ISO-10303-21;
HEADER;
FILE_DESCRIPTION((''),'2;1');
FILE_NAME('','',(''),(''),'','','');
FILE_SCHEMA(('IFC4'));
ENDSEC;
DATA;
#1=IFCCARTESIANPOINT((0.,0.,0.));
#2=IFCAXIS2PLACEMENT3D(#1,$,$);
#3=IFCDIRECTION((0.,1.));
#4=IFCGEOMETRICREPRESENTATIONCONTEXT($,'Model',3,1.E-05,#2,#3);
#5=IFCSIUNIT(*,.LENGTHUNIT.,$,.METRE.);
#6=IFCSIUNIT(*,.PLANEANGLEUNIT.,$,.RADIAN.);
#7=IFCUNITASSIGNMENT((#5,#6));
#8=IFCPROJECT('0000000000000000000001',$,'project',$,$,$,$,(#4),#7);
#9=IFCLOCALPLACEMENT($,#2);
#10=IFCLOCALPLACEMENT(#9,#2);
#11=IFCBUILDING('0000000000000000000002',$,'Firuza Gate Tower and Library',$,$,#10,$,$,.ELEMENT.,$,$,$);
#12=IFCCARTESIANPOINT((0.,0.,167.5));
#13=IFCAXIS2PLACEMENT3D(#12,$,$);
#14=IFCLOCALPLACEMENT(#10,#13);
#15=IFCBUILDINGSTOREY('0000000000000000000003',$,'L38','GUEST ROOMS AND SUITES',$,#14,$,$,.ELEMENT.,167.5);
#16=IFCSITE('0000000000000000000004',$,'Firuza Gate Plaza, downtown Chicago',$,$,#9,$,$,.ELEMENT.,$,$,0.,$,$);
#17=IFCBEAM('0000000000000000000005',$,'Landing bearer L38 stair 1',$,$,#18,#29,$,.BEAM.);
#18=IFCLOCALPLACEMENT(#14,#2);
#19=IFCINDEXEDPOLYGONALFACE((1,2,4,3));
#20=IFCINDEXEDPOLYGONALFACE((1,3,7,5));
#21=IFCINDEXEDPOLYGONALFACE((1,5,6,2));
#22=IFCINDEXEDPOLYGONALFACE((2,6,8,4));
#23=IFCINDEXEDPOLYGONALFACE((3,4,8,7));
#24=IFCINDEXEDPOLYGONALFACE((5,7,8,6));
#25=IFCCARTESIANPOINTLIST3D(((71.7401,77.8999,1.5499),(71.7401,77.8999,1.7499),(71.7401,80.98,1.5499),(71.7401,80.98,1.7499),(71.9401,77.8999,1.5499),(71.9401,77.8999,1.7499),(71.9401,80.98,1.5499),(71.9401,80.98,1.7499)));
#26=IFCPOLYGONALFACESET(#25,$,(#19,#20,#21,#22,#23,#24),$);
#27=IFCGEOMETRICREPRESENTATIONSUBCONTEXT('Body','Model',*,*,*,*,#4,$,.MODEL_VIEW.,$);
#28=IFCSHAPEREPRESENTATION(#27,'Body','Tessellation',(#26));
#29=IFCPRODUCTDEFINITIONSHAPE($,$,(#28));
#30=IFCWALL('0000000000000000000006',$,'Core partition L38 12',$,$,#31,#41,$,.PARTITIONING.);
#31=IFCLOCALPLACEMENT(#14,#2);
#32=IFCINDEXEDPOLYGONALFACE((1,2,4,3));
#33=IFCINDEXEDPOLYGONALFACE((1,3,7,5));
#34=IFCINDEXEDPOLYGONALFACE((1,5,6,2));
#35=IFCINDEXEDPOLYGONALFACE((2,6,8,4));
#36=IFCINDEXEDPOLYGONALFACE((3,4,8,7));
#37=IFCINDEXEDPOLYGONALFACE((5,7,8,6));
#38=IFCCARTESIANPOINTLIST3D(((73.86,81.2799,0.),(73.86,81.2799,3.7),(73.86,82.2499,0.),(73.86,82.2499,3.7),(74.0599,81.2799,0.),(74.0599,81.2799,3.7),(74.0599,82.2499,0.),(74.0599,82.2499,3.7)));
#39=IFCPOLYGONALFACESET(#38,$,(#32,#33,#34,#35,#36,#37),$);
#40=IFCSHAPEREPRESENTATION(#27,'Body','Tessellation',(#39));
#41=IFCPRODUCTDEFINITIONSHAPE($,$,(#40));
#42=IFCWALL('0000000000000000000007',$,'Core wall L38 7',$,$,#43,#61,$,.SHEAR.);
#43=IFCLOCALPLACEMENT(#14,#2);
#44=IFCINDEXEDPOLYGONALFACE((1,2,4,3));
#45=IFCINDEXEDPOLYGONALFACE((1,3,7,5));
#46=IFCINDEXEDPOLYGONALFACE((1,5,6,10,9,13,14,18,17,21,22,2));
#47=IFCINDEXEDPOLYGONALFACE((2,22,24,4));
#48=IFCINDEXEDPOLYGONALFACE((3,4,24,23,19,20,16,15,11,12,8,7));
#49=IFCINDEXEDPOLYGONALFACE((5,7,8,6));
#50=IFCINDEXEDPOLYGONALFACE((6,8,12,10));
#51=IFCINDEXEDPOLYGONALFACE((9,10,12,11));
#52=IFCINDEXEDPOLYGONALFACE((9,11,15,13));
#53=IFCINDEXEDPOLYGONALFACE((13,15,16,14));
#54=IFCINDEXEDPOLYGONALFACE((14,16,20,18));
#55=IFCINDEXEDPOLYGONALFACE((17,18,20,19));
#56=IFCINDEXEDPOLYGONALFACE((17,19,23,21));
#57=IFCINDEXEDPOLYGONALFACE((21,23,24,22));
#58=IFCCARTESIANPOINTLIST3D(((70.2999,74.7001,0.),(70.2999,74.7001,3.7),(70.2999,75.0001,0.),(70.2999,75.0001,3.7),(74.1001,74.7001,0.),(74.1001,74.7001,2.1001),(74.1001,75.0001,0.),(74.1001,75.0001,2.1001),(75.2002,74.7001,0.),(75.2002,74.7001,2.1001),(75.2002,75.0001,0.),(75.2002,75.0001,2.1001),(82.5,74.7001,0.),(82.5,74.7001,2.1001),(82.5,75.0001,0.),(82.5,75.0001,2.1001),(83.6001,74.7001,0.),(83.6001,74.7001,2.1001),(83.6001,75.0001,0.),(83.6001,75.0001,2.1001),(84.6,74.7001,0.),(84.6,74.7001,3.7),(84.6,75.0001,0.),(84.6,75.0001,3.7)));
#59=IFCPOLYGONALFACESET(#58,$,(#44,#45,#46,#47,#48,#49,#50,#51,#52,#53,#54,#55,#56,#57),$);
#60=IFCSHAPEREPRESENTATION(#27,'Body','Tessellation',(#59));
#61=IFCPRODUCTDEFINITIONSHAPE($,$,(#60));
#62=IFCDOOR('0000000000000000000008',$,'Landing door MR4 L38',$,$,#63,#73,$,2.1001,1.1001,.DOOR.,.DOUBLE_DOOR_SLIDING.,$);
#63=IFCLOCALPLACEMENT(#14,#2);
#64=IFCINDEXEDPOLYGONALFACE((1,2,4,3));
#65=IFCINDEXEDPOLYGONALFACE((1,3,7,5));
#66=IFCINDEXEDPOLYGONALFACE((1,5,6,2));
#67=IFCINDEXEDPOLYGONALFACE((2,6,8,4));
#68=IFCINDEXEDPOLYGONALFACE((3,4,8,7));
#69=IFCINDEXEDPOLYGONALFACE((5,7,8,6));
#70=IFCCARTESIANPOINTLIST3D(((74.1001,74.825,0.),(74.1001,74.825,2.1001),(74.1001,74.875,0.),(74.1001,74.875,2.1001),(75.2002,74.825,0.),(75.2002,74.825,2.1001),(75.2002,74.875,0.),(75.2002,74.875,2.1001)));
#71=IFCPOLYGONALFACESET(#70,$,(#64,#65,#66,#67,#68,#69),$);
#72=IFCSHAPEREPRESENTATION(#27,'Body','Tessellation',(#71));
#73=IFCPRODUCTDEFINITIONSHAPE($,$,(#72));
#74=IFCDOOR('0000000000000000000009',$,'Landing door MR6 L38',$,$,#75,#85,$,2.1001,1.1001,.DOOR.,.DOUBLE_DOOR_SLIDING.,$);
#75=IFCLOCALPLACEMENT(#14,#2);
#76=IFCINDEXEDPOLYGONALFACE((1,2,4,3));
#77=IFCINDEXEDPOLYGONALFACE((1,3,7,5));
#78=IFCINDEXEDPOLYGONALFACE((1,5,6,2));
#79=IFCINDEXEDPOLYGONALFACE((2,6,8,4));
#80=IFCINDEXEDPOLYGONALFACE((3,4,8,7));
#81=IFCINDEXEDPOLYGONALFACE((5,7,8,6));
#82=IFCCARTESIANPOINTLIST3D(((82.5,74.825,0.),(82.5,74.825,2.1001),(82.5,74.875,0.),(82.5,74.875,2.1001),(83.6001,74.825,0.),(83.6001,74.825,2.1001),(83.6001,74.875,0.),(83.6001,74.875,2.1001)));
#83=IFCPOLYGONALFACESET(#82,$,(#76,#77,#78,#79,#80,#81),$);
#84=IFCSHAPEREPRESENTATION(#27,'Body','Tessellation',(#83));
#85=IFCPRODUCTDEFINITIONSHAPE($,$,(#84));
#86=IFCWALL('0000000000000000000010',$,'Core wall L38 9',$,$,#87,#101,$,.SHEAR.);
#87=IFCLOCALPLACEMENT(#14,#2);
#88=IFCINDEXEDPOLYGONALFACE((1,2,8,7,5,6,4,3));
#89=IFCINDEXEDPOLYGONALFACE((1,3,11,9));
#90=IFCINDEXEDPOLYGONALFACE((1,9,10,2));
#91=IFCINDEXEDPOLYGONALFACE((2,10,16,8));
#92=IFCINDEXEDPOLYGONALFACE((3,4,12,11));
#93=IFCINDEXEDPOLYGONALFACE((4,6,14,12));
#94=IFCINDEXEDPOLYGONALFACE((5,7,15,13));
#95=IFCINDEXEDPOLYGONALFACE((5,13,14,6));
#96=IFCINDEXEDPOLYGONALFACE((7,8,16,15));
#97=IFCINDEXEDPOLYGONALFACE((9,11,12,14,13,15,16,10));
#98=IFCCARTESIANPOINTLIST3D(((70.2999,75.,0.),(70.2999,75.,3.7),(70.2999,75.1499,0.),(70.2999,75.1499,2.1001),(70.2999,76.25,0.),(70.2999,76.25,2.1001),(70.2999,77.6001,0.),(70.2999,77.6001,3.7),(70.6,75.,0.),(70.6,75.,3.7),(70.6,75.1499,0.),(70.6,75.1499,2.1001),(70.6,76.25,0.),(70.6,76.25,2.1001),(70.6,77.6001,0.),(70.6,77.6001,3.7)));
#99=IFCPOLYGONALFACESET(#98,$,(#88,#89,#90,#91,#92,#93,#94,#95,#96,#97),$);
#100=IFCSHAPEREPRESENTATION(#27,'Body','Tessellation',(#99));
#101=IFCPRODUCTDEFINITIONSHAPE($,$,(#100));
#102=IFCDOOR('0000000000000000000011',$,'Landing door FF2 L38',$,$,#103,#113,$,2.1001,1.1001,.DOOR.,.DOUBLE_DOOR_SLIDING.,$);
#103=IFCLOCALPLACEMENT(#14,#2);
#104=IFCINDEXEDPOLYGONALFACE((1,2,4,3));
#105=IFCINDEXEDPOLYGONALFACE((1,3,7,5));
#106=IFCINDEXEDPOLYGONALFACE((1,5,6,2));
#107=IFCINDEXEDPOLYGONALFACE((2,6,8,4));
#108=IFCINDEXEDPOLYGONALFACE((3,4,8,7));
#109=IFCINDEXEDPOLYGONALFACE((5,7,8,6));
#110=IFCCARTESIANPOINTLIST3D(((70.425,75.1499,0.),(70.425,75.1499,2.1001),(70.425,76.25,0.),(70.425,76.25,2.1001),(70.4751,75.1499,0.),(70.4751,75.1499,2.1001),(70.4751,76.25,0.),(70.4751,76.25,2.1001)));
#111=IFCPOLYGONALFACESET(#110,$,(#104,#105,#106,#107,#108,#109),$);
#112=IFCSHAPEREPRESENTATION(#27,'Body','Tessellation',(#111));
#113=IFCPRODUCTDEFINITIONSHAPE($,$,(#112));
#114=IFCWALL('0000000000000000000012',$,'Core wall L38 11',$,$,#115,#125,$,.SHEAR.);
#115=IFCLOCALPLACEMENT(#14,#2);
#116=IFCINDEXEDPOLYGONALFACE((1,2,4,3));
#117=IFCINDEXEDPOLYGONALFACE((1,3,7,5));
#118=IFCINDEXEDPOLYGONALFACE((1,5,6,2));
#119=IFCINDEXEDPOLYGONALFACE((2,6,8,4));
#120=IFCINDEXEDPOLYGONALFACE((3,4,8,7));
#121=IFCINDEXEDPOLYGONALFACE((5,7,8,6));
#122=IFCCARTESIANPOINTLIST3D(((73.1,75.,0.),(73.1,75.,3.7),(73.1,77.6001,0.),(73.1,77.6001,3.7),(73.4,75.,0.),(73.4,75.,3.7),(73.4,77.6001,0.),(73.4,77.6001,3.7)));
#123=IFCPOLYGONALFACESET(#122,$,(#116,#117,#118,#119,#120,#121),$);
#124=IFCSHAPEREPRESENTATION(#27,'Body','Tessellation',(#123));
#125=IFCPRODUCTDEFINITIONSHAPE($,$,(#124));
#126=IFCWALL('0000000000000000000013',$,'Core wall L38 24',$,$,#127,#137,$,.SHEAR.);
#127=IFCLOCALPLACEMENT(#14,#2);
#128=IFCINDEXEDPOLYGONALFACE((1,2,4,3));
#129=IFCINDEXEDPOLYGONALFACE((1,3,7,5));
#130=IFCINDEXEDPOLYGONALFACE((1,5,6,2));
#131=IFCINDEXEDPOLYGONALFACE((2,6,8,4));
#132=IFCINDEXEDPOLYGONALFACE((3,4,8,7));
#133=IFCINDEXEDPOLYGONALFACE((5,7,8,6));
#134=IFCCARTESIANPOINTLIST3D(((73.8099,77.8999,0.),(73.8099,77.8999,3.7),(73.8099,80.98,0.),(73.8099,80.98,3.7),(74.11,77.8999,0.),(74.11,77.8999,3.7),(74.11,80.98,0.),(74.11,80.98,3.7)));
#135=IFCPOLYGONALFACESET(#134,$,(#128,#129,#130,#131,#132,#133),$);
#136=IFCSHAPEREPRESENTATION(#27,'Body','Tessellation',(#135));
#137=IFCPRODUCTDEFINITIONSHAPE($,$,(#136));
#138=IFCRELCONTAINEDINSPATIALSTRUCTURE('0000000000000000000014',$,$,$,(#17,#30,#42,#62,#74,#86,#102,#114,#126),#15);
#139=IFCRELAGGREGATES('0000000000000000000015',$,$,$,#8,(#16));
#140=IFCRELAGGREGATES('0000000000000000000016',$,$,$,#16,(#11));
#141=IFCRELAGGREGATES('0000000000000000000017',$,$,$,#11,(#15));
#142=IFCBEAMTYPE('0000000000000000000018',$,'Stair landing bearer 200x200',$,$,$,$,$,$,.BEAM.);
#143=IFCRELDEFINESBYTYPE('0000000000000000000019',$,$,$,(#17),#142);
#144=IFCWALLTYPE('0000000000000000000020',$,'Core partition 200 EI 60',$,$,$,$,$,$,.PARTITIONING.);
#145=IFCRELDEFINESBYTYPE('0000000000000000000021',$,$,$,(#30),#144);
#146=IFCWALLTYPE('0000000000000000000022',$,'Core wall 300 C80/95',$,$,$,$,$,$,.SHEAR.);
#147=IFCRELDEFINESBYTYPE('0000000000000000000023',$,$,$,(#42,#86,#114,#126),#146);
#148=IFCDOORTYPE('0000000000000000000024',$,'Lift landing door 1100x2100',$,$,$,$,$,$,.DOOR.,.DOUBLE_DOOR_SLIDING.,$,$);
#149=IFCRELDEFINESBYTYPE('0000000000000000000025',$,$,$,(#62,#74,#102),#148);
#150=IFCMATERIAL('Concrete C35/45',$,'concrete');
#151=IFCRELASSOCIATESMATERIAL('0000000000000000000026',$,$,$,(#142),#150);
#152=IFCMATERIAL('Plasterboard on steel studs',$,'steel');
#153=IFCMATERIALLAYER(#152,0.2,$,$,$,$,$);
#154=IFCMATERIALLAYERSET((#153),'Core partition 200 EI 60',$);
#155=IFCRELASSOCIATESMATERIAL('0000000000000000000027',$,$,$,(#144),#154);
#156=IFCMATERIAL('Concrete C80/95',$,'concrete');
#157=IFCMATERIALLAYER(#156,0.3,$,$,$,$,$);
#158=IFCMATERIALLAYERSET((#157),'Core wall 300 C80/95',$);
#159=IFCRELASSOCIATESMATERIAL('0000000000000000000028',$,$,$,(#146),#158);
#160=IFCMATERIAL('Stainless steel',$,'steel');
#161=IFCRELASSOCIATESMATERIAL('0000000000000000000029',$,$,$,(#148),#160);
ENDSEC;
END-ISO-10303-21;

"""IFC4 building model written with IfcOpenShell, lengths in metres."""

from ifc_helpers import new_model, si_unit, direction, frame, frame_2d, origin, origin_2d, place, context, subcontext, project, spatial, rectangle, extrude, material, layer, layer_set, material_profile, profile_set, type_object, element, fill, save


model = new_model("IFC4")

# Units and contexts
model_context = context("Model", 3, precision=1e-05, world=origin(), true_north=direction((0.0, 1.0)))
body_context = subcontext(model_context, "Body", "Model", "MODEL_VIEW")
ifc_project = project(units=[si_unit("LENGTHUNIT", "METRE"), si_unit("PLANEANGLEUNIT", "RADIAN")], contexts=[model_context])

# Site, building, storey
site_placement = place(None, origin())
site = spatial("IfcSite", under=ifc_project, at=site_placement, Name="Firuza Gate Plaza, downtown Chicago", CompositionType="ELEMENT", RefElevation=0.0)
building_placement = place(site_placement, origin())
building = spatial("IfcBuilding", under=site, at=building_placement, Name="Firuza Gate Tower and Library", CompositionType="ELEMENT")
storey_placement = place(building_placement, frame((0.0, 0.0, 167.5)))
storey = spatial("IfcBuildingStorey", under=building, at=storey_placement, Name="L38", Description="GUEST ROOMS AND SUITES", CompositionType="ELEMENT", Elevation=167.5)

# Beam
ifc_material_1 = material(Name="Concrete C35/45", Category="concrete")
ifc_material_profile = material_profile(ifc_material_1, rectangle(XDim=0.2, YDim=0.2, at=origin_2d()))
ifc_profile_set = profile_set([ifc_material_profile], Name="Concrete C35/45")
beam_type = type_object("IfcBeamType", Name="Stair landing bearer 200x200", PredefinedType="BEAM", material=ifc_profile_set)
beam_placement = place(storey_placement, frame((71.8401, 77.8999, 1.6499), z_axis=(0.0, 1.0, 0.0), x_axis=(-1.0, 0.0, 0.0)))
element("IfcBeam", 1, at=beam_placement, inside=storey, type_object=beam_type, Name="Landing bearer L38 stair 1", PredefinedType="BEAM", context=body_context, shape_type="SweptSolid", body=[
    extrude(rectangle(XDim=0.2, YDim=0.2, at=origin_2d()), origin(), (0.0, 0.0, 1.0), 3.0801),
])

# Wall
ifc_material_2 = material(Name="Plasterboard on steel studs", Category="steel")
ifc_layer_1 = layer(ifc_material_2, 0.2)
ifc_layer_set_1 = layer_set([ifc_layer_1], Name="Core partition 200 EI 60")
wall_type_1 = type_object("IfcWallType", Name="Core partition 200 EI 60", PredefinedType="PARTITIONING", material=ifc_layer_set_1)
wall_1_placement = place(storey_placement, frame((73.96, 81.28, 0.0), z_axis=(0.0, 0.0, 1.0), x_axis=(0.0, 1.0, 0.0)))
element("IfcWall", 2, at=wall_1_placement, inside=storey, type_object=wall_type_1, Name="Core partition L38 12", PredefinedType="PARTITIONING", context=body_context, shape_type="SweptSolid", body=[
    extrude(rectangle(XDim=0.97, YDim=0.2, at=frame_2d((0.4849, 0.0))), origin(), (0.0, 0.0, 1.0), 3.7),
])

# Wall, openings, doors
ifc_material_3 = material(Name="Concrete C80/95", Category="concrete")
ifc_layer_2 = layer(ifc_material_3, 0.3)
ifc_layer_set_2 = layer_set([ifc_layer_2], Name="Core wall 300 C80/95")
wall_type_2 = type_object("IfcWallType", Name="Core wall 300 C80/95", PredefinedType="SHEAR", material=ifc_layer_set_2)
wall_2_placement = place(storey_placement, frame((70.3, 74.8501, 0.0), z_axis=(0.0, 0.0, 1.0), x_axis=(1.0, 0.0, 0.0)))
wall_2 = element("IfcWall", 3, at=wall_2_placement, inside=storey, type_object=wall_type_2, Name="Core wall L38 7", PredefinedType="SHEAR", context=body_context, shape_type="SweptSolid", body=[
    extrude(rectangle(XDim=14.3, YDim=0.3, at=frame_2d((7.1499, 0.0))), origin(), (0.0, 0.0, 1.0), 3.7),
])
opening_1_placement = place(wall_2_placement, frame((3.8, 0.0, 0.0)))
opening_1 = element("IfcOpeningElement", 4, at=opening_1_placement, cuts=wall_2, PredefinedType="OPENING", context=body_context, shape_type="SweptSolid", body=[
    extrude(rectangle(XDim=1.1001, YDim=2.1001, at=frame_2d((0.55, 1.05))), frame((0.0, 0.1602, 0.0), z_axis=(0.0, -1.0, 0.0), x_axis=(1.0, 0.0, 0.0)), (0.0, 0.0, 1.0), 0.3201),
])
opening_2_placement = place(wall_2_placement, frame((12.2, 0.0, 0.0)))
opening_2 = element("IfcOpeningElement", 5, at=opening_2_placement, cuts=wall_2, PredefinedType="OPENING", context=body_context, shape_type="SweptSolid", body=[
    extrude(rectangle(XDim=1.1001, YDim=2.1001, at=frame_2d((0.55, 1.05))), frame((0.0, 0.1602, 0.0), z_axis=(0.0, -1.0, 0.0), x_axis=(1.0, 0.0, 0.0)), (0.0, 0.0, 1.0), 0.3201),
])
ifc_material_4 = material(Name="Stainless steel", Category="steel")
door_type_1 = type_object("IfcDoorType", Name="Lift landing door 1100x2100", OperationType="DOUBLE_DOOR_SLIDING", PredefinedType="DOOR", material=ifc_material_4)
door_1_placement = place(opening_1_placement, origin())
door_1 = element("IfcDoor", 6, at=door_1_placement, inside=storey, type_object=door_type_1, Name="Landing door MR4 L38", OperationType="DOUBLE_DOOR_SLIDING", OverallHeight=2.1001, OverallWidth=1.1001, PredefinedType="DOOR", context=body_context, shape_type="SweptSolid", body=[
    extrude(rectangle(XDim=1.1001, YDim=2.1001, at=frame_2d((0.55, 1.05))), frame((0.0, 0.0249, 0.0), z_axis=(0.0, -1.0, 0.0), x_axis=(1.0, 0.0, 0.0)), (0.0, 0.0, 1.0), 0.05),
])
fill(opening_1, door_1)
door_2_placement = place(opening_2_placement, origin())
door_2 = element("IfcDoor", 7, at=door_2_placement, inside=storey, type_object=door_type_1, Name="Landing door MR6 L38", OperationType="DOUBLE_DOOR_SLIDING", OverallHeight=2.1001, OverallWidth=1.1001, PredefinedType="DOOR", context=body_context, shape_type="SweptSolid", body=[
    extrude(rectangle(XDim=1.1001, YDim=2.1001, at=frame_2d((0.55, 1.05))), frame((0.0, 0.0249, 0.0), z_axis=(0.0, -1.0, 0.0), x_axis=(1.0, 0.0, 0.0)), (0.0, 0.0, 1.0), 0.05),
])
fill(opening_2, door_2)

# Wall, opening, door
wall_3_placement = place(storey_placement, frame((70.45, 75.0, 0.0), z_axis=(0.0, 0.0, 1.0), x_axis=(0.0, 1.0, 0.0)))
wall_3 = element("IfcWall", 8, at=wall_3_placement, inside=storey, type_object=wall_type_2, Name="Core wall L38 9", PredefinedType="SHEAR", context=body_context, shape_type="SweptSolid", body=[
    extrude(rectangle(XDim=2.6001, YDim=0.3, at=frame_2d((1.3, 0.0))), origin(), (0.0, 0.0, 1.0), 3.7),
])
opening_3_placement = place(wall_3_placement, frame((0.1499, 0.0, 0.0)))
opening_3 = element("IfcOpeningElement", 9, at=opening_3_placement, cuts=wall_3, PredefinedType="OPENING", context=body_context, shape_type="SweptSolid", body=[
    extrude(rectangle(XDim=1.1001, YDim=2.1001, at=frame_2d((0.55, 1.05))), frame((0.0, 0.1602, 0.0), z_axis=(0.0, -1.0, 0.0), x_axis=(1.0, 0.0, 0.0)), (0.0, 0.0, 1.0), 0.3201),
])
door_3_placement = place(opening_3_placement, origin())
door_3 = element("IfcDoor", 10, at=door_3_placement, inside=storey, type_object=door_type_1, Name="Landing door FF2 L38", OperationType="DOUBLE_DOOR_SLIDING", OverallHeight=2.1001, OverallWidth=1.1001, PredefinedType="DOOR", context=body_context, shape_type="SweptSolid", body=[
    extrude(rectangle(XDim=1.1001, YDim=2.1001, at=frame_2d((0.55, 1.05))), frame((0.0, 0.0249, 0.0), z_axis=(0.0, -1.0, 0.0), x_axis=(1.0, 0.0, 0.0)), (0.0, 0.0, 1.0), 0.05),
])
fill(opening_3, door_3)

# Walls
wall_4_placement = place(storey_placement, frame((73.25, 75.0, 0.0), z_axis=(0.0, 0.0, 1.0), x_axis=(0.0, 1.0, 0.0)))
element("IfcWall", 11, at=wall_4_placement, inside=storey, type_object=wall_type_2, Name="Core wall L38 11", PredefinedType="SHEAR", context=body_context, shape_type="SweptSolid", body=[
    extrude(rectangle(XDim=2.6001, YDim=0.3, at=frame_2d((1.3, 0.0))), origin(), (0.0, 0.0, 1.0), 3.7),
])
wall_5_placement = place(storey_placement, frame((73.96, 77.8999, 0.0), z_axis=(0.0, 0.0, 1.0), x_axis=(0.0, 1.0, 0.0)))
element("IfcWall", 12, at=wall_5_placement, inside=storey, type_object=wall_type_2, Name="Core wall L38 24", PredefinedType="SHEAR", context=body_context, shape_type="SweptSolid", body=[
    extrude(rectangle(XDim=3.0801, YDim=0.3, at=frame_2d((1.54, 0.0))), origin(), (0.0, 0.0, 1.0), 3.7),
])

save(model, "model.ifc")
